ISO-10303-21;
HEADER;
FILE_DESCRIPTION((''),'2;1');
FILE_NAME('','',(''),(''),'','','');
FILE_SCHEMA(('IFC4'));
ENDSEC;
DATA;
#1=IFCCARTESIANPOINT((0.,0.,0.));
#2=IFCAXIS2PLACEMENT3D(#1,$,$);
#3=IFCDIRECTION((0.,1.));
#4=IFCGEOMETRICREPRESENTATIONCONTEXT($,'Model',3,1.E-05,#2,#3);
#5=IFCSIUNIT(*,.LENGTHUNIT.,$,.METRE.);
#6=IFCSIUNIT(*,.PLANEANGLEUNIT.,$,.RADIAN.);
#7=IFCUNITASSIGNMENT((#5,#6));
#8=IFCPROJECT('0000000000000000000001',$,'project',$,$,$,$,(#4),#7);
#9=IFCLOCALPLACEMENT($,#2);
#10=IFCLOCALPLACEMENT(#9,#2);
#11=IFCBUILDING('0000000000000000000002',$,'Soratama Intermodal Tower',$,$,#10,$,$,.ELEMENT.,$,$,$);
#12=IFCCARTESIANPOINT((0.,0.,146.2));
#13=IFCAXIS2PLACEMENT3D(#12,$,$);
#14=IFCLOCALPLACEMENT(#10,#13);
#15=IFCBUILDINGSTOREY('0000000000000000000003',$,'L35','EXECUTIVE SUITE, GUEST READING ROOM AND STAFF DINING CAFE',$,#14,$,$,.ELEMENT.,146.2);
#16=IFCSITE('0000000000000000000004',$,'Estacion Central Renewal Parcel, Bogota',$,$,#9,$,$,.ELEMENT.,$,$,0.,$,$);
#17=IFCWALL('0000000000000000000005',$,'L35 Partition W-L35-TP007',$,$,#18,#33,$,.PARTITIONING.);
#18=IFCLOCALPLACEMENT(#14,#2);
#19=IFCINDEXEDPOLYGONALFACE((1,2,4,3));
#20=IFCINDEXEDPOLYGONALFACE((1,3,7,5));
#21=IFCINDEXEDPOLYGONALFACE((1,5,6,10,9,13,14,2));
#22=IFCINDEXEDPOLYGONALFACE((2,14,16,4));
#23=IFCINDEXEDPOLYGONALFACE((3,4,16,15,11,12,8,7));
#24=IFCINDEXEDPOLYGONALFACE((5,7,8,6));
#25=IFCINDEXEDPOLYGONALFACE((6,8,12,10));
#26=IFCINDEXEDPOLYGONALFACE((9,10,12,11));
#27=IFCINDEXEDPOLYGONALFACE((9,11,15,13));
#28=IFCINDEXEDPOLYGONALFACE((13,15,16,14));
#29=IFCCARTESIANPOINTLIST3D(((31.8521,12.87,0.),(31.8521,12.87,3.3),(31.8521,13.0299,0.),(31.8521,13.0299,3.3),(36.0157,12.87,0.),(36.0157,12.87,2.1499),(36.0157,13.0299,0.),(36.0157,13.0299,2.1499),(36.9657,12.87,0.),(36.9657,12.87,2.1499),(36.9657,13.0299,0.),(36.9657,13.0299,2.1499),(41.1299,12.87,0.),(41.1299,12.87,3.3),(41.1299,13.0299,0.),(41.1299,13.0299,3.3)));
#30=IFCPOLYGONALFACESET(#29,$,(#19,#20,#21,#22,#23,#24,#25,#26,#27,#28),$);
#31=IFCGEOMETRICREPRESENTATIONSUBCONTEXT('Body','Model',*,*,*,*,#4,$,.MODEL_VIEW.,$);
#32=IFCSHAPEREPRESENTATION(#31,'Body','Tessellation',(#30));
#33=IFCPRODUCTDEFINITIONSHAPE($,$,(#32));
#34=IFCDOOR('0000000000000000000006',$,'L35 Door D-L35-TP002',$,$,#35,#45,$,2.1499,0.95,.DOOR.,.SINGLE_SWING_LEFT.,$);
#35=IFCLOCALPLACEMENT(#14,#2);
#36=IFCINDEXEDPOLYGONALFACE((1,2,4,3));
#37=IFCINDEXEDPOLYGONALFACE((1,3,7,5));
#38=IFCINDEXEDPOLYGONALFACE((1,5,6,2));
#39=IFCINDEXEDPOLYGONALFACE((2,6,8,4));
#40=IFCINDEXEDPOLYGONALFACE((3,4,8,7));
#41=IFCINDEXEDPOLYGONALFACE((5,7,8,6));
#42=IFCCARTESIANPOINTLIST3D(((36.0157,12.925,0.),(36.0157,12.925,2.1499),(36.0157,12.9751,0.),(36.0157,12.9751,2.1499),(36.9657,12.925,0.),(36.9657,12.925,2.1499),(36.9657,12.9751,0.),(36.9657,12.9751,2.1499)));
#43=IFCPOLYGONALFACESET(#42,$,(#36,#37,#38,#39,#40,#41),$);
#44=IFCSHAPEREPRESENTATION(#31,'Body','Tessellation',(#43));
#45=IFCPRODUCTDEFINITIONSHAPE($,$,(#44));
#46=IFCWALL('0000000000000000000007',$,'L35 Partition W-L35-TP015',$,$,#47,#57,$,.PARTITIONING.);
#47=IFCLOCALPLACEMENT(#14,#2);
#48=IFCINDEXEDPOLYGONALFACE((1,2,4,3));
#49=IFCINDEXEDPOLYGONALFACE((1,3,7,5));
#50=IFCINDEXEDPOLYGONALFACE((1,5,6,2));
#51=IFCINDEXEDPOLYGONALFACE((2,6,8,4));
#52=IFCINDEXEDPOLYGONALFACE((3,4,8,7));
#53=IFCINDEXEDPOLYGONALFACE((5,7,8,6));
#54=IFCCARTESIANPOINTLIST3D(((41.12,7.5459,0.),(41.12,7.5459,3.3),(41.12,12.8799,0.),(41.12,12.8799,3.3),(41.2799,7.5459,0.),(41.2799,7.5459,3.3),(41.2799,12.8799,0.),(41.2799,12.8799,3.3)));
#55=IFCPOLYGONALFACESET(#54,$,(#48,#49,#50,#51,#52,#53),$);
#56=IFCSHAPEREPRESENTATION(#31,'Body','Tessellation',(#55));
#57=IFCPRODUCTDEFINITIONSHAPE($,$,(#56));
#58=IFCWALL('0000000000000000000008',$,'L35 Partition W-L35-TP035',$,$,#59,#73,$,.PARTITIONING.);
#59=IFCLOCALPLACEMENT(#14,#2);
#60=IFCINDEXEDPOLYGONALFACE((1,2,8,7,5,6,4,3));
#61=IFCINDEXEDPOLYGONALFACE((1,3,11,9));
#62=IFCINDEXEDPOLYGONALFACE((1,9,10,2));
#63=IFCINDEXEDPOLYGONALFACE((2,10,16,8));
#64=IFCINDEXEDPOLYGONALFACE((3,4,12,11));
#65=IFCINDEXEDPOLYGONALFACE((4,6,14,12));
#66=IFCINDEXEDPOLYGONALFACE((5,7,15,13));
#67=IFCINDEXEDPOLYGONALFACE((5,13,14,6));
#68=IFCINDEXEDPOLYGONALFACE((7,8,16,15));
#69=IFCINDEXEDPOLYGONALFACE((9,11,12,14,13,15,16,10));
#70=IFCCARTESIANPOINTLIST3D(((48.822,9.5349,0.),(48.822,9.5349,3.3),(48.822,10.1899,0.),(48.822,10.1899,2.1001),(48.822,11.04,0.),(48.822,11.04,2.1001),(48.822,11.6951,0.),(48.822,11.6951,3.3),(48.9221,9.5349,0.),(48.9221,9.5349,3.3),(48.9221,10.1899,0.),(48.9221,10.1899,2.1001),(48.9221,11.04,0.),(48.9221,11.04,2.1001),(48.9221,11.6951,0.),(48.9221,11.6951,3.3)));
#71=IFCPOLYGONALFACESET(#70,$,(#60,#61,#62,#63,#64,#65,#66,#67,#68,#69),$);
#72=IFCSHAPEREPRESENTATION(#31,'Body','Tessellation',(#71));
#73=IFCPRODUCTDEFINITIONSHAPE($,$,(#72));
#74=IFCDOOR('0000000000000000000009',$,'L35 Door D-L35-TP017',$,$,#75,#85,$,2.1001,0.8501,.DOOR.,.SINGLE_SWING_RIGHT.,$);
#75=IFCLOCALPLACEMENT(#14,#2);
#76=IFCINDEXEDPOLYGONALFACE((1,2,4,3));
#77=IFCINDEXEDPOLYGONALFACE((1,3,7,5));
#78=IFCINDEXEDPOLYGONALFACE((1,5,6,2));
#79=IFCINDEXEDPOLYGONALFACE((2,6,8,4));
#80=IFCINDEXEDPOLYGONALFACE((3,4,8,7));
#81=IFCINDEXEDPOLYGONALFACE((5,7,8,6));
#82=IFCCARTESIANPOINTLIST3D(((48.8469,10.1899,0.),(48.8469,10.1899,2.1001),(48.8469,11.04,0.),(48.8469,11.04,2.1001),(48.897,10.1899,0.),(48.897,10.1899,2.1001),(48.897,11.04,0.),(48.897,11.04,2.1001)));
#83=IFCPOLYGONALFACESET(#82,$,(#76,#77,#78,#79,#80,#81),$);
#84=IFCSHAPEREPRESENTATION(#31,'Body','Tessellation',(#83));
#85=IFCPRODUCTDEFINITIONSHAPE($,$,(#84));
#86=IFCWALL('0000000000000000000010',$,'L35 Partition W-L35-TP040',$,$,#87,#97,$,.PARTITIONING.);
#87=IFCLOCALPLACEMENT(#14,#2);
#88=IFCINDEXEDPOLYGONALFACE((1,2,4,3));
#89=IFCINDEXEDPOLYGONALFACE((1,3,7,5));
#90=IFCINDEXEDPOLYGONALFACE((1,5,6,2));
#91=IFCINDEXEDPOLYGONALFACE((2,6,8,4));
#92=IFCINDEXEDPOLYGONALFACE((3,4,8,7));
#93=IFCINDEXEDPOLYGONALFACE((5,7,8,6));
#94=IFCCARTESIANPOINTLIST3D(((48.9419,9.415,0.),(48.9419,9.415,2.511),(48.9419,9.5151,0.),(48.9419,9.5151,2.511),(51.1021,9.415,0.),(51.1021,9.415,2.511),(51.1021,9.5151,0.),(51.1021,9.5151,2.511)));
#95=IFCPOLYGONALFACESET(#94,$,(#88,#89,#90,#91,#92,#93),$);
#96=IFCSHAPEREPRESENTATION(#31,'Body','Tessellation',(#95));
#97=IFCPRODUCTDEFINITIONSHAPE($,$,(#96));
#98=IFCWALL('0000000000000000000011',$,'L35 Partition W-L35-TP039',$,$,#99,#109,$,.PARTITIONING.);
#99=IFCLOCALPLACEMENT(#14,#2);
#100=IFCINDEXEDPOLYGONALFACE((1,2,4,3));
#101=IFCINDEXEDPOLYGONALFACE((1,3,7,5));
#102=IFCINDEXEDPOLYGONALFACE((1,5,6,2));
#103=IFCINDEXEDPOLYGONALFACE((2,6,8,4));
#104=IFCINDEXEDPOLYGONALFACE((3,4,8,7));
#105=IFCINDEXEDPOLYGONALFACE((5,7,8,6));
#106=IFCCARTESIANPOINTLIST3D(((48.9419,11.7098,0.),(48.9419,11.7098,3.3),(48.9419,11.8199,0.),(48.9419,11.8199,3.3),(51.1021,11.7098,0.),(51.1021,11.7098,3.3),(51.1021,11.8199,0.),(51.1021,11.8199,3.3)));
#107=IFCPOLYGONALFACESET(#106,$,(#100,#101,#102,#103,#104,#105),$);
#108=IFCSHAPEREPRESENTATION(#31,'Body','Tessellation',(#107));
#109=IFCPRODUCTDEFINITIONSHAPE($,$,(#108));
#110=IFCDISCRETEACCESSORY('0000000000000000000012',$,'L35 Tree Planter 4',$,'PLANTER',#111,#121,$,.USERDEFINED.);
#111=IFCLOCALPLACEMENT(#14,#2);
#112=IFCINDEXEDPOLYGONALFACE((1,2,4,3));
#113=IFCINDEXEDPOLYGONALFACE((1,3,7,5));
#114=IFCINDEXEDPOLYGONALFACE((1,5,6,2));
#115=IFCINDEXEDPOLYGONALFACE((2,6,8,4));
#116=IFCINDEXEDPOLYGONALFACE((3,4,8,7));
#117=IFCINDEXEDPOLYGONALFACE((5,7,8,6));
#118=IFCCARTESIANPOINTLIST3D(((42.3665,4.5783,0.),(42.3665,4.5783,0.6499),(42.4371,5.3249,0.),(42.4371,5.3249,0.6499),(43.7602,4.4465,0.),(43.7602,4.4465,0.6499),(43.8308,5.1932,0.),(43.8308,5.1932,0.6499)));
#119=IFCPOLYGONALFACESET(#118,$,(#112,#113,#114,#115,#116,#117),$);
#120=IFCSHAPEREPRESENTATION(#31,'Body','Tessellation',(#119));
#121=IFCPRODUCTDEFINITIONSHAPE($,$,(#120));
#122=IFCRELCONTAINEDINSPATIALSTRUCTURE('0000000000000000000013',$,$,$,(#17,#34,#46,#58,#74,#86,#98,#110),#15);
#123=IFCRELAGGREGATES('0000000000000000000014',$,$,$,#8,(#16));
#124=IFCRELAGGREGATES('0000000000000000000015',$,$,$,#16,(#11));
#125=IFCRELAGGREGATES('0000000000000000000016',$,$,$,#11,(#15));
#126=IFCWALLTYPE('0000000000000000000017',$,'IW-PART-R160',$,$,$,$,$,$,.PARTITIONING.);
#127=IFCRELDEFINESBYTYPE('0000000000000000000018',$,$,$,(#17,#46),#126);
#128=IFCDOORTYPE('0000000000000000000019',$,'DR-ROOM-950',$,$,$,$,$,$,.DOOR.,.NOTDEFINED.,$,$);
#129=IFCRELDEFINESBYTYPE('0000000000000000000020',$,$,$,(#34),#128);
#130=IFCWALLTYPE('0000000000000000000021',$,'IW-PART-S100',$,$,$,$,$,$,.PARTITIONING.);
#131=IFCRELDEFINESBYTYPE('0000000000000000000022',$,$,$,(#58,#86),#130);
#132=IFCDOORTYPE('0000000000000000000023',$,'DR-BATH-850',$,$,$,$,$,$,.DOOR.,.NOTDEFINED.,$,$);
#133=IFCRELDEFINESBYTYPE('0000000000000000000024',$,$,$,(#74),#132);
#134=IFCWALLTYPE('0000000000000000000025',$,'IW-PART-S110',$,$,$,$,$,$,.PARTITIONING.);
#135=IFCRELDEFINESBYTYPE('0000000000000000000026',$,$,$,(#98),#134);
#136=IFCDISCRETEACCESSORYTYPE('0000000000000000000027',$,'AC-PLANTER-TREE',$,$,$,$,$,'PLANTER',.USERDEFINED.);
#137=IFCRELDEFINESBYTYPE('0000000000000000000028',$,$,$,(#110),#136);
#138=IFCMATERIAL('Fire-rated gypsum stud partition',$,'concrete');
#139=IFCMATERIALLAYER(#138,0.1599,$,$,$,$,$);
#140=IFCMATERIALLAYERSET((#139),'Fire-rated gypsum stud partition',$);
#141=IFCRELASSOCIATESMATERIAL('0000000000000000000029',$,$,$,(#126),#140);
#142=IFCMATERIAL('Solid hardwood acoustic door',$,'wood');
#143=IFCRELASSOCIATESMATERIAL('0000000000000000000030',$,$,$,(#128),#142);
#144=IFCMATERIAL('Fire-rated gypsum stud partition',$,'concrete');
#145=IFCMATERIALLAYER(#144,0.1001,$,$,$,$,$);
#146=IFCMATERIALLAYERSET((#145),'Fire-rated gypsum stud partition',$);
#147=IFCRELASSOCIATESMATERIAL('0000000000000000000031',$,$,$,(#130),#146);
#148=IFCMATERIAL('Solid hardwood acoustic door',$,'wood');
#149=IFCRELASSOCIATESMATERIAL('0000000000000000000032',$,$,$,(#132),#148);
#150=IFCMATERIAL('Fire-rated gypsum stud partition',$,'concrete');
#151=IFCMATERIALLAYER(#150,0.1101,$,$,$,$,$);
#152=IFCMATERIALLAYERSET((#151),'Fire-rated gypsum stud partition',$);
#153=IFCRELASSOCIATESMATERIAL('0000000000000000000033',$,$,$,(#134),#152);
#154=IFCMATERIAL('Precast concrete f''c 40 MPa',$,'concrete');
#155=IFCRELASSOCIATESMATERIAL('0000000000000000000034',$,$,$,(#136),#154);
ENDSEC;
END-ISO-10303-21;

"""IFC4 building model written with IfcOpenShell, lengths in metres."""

from ifc_helpers import new_model, si_unit, direction, frame, frame_2d, origin, origin_2d, place, context, subcontext, project, spatial, rectangle, extrude, material, layer, layer_set, type_object, element, fill, save


model = new_model("IFC4")

# Units and contexts
model_context = context("Model", 3, precision=1e-05, world=origin(), true_north=direction((0.0, 1.0)))
body_context = subcontext(model_context, "Body", "Model", "MODEL_VIEW")
ifc_project = project(units=[si_unit("LENGTHUNIT", "METRE"), si_unit("PLANEANGLEUNIT", "RADIAN")], contexts=[model_context])

# Site, building, storey
site_placement = place(None, origin())
site = spatial("IfcSite", under=ifc_project, at=site_placement, Name="Estacion Central Renewal Parcel, Bogota", CompositionType="ELEMENT", RefElevation=0.0)
building_placement = place(site_placement, origin())
building = spatial("IfcBuilding", under=site, at=building_placement, Name="Soratama Intermodal Tower", CompositionType="ELEMENT")
storey_placement = place(building_placement, frame((0.0, 0.0, 146.2)))
storey = spatial("IfcBuildingStorey", under=building, at=storey_placement, Name="L35", Description="EXECUTIVE SUITE, GUEST READING ROOM AND STAFF DINING CAFE", CompositionType="ELEMENT", Elevation=146.2)

# Wall, opening, door
ifc_material_1 = material(Name="Fire-rated gypsum stud partition", Category="concrete")
ifc_layer_1 = layer(ifc_material_1, 0.1599)
ifc_layer_set_1 = layer_set([ifc_layer_1], Name="Fire-rated gypsum stud partition")
wall_type_1 = type_object("IfcWallType", Name="IW-PART-R160", PredefinedType="PARTITIONING", material=ifc_layer_set_1)
wall_1_placement = place(storey_placement, frame((41.1299, 12.95, 0.0), z_axis=(0.0, 0.0, 1.0), x_axis=(-1.0, 0.0, 0.0)))
wall_1 = element("IfcWall", 1, at=wall_1_placement, inside=storey, type_object=wall_type_1, Name="L35 Partition W-L35-TP007", PredefinedType="PARTITIONING", context=body_context, shape_type="SweptSolid", body=[
    extrude(rectangle(XDim=9.2778, YDim=0.1599, at=frame_2d((4.6389, 0.0))), origin(), (0.0, 0.0, 1.0), 3.3),
])
opening_1_placement = place(wall_1_placement, frame((4.1641, 0.0, 0.0)))
opening_1 = element("IfcOpeningElement", 2, at=opening_1_placement, cuts=wall_1, PredefinedType="OPENING", context=body_context, shape_type="SweptSolid", body=[
    extrude(rectangle(XDim=0.95, YDim=2.1499, at=frame_2d((0.4751, 1.075))), frame((0.0, 0.0898, 0.0), z_axis=(0.0, -1.0, 0.0), x_axis=(1.0, 0.0, 0.0)), (0.0, 0.0, 1.0), 0.1799),
])
ifc_material_2 = material(Name="Solid hardwood acoustic door", Category="wood")
door_type_1 = type_object("IfcDoorType", Name="DR-ROOM-950", OperationType="NOTDEFINED", PredefinedType="DOOR", material=ifc_material_2)
door_1_placement = place(opening_1_placement, origin())
door_1 = element("IfcDoor", 3, at=door_1_placement, inside=storey, type_object=door_type_1, Name="L35 Door D-L35-TP002", OperationType="SINGLE_SWING_LEFT", OverallHeight=2.1499, OverallWidth=0.95, PredefinedType="DOOR", context=body_context, shape_type="SweptSolid", body=[
    extrude(rectangle(XDim=0.95, YDim=2.1499, at=frame_2d((0.4751, 1.075))), frame((0.0, 0.0249, 0.0), z_axis=(0.0, -1.0, 0.0), x_axis=(1.0, 0.0, 0.0)), (0.0, 0.0, 1.0), 0.05),
])
fill(opening_1, door_1)

# Wall
wall_2_placement = place(storey_placement, frame((41.2, 7.5459, 0.0), z_axis=(0.0, 0.0, 1.0), x_axis=(0.0, 1.0, 0.0)))
element("IfcWall", 4, at=wall_2_placement, inside=storey, type_object=wall_type_1, Name="L35 Partition W-L35-TP015", PredefinedType="PARTITIONING", context=body_context, shape_type="SweptSolid", body=[
    extrude(rectangle(XDim=5.334, YDim=0.1599, at=frame_2d((2.667, 0.0))), origin(), (0.0, 0.0, 1.0), 3.3),
])

# Wall, opening, door
ifc_material_3 = material(Name="Fire-rated gypsum stud partition", Category="concrete")
ifc_layer_2 = layer(ifc_material_3, 0.1001)
ifc_layer_set_2 = layer_set([ifc_layer_2], Name="Fire-rated gypsum stud partition")
wall_type_2 = type_object("IfcWallType", Name="IW-PART-S100", PredefinedType="PARTITIONING", material=ifc_layer_set_2)
wall_3_placement = place(storey_placement, frame((48.8721, 11.6951, 0.0), z_axis=(0.0, 0.0, 1.0), x_axis=(0.0, -1.0, 0.0)))
wall_3 = element("IfcWall", 5, at=wall_3_placement, inside=storey, type_object=wall_type_2, Name="L35 Partition W-L35-TP035", PredefinedType="PARTITIONING", context=body_context, shape_type="SweptSolid", body=[
    extrude(rectangle(XDim=2.1602, YDim=0.1001, at=frame_2d((1.0801, 0.0))), origin(), (0.0, 0.0, 1.0), 3.3),
])
opening_2_placement = place(wall_3_placement, frame((0.655, 0.0, 0.0)))
opening_2 = element("IfcOpeningElement", 6, at=opening_2_placement, cuts=wall_3, PredefinedType="OPENING", context=body_context, shape_type="SweptSolid", body=[
    extrude(rectangle(XDim=0.8501, YDim=2.1001, at=frame_2d((0.425, 1.05))), frame((0.0, 0.0601, 0.0), z_axis=(0.0, -1.0, 0.0), x_axis=(1.0, 0.0, 0.0)), (0.0, 0.0, 1.0), 0.1201),
])
ifc_material_4 = material(Name="Solid hardwood acoustic door", Category="wood")
door_type_2 = type_object("IfcDoorType", Name="DR-BATH-850", OperationType="NOTDEFINED", PredefinedType="DOOR", material=ifc_material_4)
door_2_placement = place(opening_2_placement, origin())
door_2 = element("IfcDoor", 7, at=door_2_placement, inside=storey, type_object=door_type_2, Name="L35 Door D-L35-TP017", OperationType="SINGLE_SWING_RIGHT", OverallHeight=2.1001, OverallWidth=0.8501, PredefinedType="DOOR", context=body_context, shape_type="SweptSolid", body=[
    extrude(rectangle(XDim=0.8501, YDim=2.1001, at=frame_2d((0.425, 1.05))), frame((0.0, 0.0249, 0.0), z_axis=(0.0, -1.0, 0.0), x_axis=(1.0, 0.0, 0.0)), (0.0, 0.0, 1.0), 0.05),
])
fill(opening_2, door_2)

# Walls
wall_4_placement = place(storey_placement, frame((48.9419, 9.4651, 0.0), z_axis=(0.0, 0.0, 1.0), x_axis=(1.0, 0.0, 0.0)))
element("IfcWall", 8, at=wall_4_placement, inside=storey, type_object=wall_type_2, Name="L35 Partition W-L35-TP040", PredefinedType="PARTITIONING", context=body_context, shape_type="SweptSolid", body=[
    extrude(rectangle(XDim=2.1602, YDim=0.1001, at=frame_2d((1.0801, 0.0))), origin(), (0.0, 0.0, 1.0), 2.511),
])
ifc_material_5 = material(Name="Fire-rated gypsum stud partition", Category="concrete")
ifc_layer_3 = layer(ifc_material_5, 0.1101)
ifc_layer_set_3 = layer_set([ifc_layer_3], Name="Fire-rated gypsum stud partition")
wall_type_3 = type_object("IfcWallType", Name="IW-PART-S110", PredefinedType="PARTITIONING", material=ifc_layer_set_3)
wall_5_placement = place(storey_placement, frame((51.1021, 11.7649, 0.0), z_axis=(0.0, 0.0, 1.0), x_axis=(-1.0, 0.0, 0.0)))
element("IfcWall", 9, at=wall_5_placement, inside=storey, type_object=wall_type_3, Name="L35 Partition W-L35-TP039", PredefinedType="PARTITIONING", context=body_context, shape_type="SweptSolid", body=[
    extrude(rectangle(XDim=2.1602, YDim=0.1101, at=frame_2d((1.0801, 0.0))), origin(), (0.0, 0.0, 1.0), 3.3),
])

# Discrete accessory
ifc_material_6 = material(Name="Precast concrete f'c 40 MPa", Category="concrete")
discrete_accessory_type = type_object("IfcDiscreteAccessoryType", Name="AC-PLANTER-TREE", ElementType="PLANTER", PredefinedType="USERDEFINED", material=ifc_material_6)
discrete_accessory_placement = place(storey_placement, frame((43.0986, 4.8857, 0.0), z_axis=(0.0, 0.0, 1.0), x_axis=(-0.094108, -0.995562, 0.0)))
element("IfcDiscreteAccessory", 10, at=discrete_accessory_placement, inside=storey, type_object=discrete_accessory_type, Name="L35 Tree Planter 4", ObjectType="PLANTER", PredefinedType="USERDEFINED", context=body_context, shape_type="SweptSolid", body=[
    extrude(rectangle(XDim=0.75, YDim=1.3999, at=origin_2d()), origin(), (0.0, 0.0, 1.0), 0.6499),
])

save(model, "model.ifc")
